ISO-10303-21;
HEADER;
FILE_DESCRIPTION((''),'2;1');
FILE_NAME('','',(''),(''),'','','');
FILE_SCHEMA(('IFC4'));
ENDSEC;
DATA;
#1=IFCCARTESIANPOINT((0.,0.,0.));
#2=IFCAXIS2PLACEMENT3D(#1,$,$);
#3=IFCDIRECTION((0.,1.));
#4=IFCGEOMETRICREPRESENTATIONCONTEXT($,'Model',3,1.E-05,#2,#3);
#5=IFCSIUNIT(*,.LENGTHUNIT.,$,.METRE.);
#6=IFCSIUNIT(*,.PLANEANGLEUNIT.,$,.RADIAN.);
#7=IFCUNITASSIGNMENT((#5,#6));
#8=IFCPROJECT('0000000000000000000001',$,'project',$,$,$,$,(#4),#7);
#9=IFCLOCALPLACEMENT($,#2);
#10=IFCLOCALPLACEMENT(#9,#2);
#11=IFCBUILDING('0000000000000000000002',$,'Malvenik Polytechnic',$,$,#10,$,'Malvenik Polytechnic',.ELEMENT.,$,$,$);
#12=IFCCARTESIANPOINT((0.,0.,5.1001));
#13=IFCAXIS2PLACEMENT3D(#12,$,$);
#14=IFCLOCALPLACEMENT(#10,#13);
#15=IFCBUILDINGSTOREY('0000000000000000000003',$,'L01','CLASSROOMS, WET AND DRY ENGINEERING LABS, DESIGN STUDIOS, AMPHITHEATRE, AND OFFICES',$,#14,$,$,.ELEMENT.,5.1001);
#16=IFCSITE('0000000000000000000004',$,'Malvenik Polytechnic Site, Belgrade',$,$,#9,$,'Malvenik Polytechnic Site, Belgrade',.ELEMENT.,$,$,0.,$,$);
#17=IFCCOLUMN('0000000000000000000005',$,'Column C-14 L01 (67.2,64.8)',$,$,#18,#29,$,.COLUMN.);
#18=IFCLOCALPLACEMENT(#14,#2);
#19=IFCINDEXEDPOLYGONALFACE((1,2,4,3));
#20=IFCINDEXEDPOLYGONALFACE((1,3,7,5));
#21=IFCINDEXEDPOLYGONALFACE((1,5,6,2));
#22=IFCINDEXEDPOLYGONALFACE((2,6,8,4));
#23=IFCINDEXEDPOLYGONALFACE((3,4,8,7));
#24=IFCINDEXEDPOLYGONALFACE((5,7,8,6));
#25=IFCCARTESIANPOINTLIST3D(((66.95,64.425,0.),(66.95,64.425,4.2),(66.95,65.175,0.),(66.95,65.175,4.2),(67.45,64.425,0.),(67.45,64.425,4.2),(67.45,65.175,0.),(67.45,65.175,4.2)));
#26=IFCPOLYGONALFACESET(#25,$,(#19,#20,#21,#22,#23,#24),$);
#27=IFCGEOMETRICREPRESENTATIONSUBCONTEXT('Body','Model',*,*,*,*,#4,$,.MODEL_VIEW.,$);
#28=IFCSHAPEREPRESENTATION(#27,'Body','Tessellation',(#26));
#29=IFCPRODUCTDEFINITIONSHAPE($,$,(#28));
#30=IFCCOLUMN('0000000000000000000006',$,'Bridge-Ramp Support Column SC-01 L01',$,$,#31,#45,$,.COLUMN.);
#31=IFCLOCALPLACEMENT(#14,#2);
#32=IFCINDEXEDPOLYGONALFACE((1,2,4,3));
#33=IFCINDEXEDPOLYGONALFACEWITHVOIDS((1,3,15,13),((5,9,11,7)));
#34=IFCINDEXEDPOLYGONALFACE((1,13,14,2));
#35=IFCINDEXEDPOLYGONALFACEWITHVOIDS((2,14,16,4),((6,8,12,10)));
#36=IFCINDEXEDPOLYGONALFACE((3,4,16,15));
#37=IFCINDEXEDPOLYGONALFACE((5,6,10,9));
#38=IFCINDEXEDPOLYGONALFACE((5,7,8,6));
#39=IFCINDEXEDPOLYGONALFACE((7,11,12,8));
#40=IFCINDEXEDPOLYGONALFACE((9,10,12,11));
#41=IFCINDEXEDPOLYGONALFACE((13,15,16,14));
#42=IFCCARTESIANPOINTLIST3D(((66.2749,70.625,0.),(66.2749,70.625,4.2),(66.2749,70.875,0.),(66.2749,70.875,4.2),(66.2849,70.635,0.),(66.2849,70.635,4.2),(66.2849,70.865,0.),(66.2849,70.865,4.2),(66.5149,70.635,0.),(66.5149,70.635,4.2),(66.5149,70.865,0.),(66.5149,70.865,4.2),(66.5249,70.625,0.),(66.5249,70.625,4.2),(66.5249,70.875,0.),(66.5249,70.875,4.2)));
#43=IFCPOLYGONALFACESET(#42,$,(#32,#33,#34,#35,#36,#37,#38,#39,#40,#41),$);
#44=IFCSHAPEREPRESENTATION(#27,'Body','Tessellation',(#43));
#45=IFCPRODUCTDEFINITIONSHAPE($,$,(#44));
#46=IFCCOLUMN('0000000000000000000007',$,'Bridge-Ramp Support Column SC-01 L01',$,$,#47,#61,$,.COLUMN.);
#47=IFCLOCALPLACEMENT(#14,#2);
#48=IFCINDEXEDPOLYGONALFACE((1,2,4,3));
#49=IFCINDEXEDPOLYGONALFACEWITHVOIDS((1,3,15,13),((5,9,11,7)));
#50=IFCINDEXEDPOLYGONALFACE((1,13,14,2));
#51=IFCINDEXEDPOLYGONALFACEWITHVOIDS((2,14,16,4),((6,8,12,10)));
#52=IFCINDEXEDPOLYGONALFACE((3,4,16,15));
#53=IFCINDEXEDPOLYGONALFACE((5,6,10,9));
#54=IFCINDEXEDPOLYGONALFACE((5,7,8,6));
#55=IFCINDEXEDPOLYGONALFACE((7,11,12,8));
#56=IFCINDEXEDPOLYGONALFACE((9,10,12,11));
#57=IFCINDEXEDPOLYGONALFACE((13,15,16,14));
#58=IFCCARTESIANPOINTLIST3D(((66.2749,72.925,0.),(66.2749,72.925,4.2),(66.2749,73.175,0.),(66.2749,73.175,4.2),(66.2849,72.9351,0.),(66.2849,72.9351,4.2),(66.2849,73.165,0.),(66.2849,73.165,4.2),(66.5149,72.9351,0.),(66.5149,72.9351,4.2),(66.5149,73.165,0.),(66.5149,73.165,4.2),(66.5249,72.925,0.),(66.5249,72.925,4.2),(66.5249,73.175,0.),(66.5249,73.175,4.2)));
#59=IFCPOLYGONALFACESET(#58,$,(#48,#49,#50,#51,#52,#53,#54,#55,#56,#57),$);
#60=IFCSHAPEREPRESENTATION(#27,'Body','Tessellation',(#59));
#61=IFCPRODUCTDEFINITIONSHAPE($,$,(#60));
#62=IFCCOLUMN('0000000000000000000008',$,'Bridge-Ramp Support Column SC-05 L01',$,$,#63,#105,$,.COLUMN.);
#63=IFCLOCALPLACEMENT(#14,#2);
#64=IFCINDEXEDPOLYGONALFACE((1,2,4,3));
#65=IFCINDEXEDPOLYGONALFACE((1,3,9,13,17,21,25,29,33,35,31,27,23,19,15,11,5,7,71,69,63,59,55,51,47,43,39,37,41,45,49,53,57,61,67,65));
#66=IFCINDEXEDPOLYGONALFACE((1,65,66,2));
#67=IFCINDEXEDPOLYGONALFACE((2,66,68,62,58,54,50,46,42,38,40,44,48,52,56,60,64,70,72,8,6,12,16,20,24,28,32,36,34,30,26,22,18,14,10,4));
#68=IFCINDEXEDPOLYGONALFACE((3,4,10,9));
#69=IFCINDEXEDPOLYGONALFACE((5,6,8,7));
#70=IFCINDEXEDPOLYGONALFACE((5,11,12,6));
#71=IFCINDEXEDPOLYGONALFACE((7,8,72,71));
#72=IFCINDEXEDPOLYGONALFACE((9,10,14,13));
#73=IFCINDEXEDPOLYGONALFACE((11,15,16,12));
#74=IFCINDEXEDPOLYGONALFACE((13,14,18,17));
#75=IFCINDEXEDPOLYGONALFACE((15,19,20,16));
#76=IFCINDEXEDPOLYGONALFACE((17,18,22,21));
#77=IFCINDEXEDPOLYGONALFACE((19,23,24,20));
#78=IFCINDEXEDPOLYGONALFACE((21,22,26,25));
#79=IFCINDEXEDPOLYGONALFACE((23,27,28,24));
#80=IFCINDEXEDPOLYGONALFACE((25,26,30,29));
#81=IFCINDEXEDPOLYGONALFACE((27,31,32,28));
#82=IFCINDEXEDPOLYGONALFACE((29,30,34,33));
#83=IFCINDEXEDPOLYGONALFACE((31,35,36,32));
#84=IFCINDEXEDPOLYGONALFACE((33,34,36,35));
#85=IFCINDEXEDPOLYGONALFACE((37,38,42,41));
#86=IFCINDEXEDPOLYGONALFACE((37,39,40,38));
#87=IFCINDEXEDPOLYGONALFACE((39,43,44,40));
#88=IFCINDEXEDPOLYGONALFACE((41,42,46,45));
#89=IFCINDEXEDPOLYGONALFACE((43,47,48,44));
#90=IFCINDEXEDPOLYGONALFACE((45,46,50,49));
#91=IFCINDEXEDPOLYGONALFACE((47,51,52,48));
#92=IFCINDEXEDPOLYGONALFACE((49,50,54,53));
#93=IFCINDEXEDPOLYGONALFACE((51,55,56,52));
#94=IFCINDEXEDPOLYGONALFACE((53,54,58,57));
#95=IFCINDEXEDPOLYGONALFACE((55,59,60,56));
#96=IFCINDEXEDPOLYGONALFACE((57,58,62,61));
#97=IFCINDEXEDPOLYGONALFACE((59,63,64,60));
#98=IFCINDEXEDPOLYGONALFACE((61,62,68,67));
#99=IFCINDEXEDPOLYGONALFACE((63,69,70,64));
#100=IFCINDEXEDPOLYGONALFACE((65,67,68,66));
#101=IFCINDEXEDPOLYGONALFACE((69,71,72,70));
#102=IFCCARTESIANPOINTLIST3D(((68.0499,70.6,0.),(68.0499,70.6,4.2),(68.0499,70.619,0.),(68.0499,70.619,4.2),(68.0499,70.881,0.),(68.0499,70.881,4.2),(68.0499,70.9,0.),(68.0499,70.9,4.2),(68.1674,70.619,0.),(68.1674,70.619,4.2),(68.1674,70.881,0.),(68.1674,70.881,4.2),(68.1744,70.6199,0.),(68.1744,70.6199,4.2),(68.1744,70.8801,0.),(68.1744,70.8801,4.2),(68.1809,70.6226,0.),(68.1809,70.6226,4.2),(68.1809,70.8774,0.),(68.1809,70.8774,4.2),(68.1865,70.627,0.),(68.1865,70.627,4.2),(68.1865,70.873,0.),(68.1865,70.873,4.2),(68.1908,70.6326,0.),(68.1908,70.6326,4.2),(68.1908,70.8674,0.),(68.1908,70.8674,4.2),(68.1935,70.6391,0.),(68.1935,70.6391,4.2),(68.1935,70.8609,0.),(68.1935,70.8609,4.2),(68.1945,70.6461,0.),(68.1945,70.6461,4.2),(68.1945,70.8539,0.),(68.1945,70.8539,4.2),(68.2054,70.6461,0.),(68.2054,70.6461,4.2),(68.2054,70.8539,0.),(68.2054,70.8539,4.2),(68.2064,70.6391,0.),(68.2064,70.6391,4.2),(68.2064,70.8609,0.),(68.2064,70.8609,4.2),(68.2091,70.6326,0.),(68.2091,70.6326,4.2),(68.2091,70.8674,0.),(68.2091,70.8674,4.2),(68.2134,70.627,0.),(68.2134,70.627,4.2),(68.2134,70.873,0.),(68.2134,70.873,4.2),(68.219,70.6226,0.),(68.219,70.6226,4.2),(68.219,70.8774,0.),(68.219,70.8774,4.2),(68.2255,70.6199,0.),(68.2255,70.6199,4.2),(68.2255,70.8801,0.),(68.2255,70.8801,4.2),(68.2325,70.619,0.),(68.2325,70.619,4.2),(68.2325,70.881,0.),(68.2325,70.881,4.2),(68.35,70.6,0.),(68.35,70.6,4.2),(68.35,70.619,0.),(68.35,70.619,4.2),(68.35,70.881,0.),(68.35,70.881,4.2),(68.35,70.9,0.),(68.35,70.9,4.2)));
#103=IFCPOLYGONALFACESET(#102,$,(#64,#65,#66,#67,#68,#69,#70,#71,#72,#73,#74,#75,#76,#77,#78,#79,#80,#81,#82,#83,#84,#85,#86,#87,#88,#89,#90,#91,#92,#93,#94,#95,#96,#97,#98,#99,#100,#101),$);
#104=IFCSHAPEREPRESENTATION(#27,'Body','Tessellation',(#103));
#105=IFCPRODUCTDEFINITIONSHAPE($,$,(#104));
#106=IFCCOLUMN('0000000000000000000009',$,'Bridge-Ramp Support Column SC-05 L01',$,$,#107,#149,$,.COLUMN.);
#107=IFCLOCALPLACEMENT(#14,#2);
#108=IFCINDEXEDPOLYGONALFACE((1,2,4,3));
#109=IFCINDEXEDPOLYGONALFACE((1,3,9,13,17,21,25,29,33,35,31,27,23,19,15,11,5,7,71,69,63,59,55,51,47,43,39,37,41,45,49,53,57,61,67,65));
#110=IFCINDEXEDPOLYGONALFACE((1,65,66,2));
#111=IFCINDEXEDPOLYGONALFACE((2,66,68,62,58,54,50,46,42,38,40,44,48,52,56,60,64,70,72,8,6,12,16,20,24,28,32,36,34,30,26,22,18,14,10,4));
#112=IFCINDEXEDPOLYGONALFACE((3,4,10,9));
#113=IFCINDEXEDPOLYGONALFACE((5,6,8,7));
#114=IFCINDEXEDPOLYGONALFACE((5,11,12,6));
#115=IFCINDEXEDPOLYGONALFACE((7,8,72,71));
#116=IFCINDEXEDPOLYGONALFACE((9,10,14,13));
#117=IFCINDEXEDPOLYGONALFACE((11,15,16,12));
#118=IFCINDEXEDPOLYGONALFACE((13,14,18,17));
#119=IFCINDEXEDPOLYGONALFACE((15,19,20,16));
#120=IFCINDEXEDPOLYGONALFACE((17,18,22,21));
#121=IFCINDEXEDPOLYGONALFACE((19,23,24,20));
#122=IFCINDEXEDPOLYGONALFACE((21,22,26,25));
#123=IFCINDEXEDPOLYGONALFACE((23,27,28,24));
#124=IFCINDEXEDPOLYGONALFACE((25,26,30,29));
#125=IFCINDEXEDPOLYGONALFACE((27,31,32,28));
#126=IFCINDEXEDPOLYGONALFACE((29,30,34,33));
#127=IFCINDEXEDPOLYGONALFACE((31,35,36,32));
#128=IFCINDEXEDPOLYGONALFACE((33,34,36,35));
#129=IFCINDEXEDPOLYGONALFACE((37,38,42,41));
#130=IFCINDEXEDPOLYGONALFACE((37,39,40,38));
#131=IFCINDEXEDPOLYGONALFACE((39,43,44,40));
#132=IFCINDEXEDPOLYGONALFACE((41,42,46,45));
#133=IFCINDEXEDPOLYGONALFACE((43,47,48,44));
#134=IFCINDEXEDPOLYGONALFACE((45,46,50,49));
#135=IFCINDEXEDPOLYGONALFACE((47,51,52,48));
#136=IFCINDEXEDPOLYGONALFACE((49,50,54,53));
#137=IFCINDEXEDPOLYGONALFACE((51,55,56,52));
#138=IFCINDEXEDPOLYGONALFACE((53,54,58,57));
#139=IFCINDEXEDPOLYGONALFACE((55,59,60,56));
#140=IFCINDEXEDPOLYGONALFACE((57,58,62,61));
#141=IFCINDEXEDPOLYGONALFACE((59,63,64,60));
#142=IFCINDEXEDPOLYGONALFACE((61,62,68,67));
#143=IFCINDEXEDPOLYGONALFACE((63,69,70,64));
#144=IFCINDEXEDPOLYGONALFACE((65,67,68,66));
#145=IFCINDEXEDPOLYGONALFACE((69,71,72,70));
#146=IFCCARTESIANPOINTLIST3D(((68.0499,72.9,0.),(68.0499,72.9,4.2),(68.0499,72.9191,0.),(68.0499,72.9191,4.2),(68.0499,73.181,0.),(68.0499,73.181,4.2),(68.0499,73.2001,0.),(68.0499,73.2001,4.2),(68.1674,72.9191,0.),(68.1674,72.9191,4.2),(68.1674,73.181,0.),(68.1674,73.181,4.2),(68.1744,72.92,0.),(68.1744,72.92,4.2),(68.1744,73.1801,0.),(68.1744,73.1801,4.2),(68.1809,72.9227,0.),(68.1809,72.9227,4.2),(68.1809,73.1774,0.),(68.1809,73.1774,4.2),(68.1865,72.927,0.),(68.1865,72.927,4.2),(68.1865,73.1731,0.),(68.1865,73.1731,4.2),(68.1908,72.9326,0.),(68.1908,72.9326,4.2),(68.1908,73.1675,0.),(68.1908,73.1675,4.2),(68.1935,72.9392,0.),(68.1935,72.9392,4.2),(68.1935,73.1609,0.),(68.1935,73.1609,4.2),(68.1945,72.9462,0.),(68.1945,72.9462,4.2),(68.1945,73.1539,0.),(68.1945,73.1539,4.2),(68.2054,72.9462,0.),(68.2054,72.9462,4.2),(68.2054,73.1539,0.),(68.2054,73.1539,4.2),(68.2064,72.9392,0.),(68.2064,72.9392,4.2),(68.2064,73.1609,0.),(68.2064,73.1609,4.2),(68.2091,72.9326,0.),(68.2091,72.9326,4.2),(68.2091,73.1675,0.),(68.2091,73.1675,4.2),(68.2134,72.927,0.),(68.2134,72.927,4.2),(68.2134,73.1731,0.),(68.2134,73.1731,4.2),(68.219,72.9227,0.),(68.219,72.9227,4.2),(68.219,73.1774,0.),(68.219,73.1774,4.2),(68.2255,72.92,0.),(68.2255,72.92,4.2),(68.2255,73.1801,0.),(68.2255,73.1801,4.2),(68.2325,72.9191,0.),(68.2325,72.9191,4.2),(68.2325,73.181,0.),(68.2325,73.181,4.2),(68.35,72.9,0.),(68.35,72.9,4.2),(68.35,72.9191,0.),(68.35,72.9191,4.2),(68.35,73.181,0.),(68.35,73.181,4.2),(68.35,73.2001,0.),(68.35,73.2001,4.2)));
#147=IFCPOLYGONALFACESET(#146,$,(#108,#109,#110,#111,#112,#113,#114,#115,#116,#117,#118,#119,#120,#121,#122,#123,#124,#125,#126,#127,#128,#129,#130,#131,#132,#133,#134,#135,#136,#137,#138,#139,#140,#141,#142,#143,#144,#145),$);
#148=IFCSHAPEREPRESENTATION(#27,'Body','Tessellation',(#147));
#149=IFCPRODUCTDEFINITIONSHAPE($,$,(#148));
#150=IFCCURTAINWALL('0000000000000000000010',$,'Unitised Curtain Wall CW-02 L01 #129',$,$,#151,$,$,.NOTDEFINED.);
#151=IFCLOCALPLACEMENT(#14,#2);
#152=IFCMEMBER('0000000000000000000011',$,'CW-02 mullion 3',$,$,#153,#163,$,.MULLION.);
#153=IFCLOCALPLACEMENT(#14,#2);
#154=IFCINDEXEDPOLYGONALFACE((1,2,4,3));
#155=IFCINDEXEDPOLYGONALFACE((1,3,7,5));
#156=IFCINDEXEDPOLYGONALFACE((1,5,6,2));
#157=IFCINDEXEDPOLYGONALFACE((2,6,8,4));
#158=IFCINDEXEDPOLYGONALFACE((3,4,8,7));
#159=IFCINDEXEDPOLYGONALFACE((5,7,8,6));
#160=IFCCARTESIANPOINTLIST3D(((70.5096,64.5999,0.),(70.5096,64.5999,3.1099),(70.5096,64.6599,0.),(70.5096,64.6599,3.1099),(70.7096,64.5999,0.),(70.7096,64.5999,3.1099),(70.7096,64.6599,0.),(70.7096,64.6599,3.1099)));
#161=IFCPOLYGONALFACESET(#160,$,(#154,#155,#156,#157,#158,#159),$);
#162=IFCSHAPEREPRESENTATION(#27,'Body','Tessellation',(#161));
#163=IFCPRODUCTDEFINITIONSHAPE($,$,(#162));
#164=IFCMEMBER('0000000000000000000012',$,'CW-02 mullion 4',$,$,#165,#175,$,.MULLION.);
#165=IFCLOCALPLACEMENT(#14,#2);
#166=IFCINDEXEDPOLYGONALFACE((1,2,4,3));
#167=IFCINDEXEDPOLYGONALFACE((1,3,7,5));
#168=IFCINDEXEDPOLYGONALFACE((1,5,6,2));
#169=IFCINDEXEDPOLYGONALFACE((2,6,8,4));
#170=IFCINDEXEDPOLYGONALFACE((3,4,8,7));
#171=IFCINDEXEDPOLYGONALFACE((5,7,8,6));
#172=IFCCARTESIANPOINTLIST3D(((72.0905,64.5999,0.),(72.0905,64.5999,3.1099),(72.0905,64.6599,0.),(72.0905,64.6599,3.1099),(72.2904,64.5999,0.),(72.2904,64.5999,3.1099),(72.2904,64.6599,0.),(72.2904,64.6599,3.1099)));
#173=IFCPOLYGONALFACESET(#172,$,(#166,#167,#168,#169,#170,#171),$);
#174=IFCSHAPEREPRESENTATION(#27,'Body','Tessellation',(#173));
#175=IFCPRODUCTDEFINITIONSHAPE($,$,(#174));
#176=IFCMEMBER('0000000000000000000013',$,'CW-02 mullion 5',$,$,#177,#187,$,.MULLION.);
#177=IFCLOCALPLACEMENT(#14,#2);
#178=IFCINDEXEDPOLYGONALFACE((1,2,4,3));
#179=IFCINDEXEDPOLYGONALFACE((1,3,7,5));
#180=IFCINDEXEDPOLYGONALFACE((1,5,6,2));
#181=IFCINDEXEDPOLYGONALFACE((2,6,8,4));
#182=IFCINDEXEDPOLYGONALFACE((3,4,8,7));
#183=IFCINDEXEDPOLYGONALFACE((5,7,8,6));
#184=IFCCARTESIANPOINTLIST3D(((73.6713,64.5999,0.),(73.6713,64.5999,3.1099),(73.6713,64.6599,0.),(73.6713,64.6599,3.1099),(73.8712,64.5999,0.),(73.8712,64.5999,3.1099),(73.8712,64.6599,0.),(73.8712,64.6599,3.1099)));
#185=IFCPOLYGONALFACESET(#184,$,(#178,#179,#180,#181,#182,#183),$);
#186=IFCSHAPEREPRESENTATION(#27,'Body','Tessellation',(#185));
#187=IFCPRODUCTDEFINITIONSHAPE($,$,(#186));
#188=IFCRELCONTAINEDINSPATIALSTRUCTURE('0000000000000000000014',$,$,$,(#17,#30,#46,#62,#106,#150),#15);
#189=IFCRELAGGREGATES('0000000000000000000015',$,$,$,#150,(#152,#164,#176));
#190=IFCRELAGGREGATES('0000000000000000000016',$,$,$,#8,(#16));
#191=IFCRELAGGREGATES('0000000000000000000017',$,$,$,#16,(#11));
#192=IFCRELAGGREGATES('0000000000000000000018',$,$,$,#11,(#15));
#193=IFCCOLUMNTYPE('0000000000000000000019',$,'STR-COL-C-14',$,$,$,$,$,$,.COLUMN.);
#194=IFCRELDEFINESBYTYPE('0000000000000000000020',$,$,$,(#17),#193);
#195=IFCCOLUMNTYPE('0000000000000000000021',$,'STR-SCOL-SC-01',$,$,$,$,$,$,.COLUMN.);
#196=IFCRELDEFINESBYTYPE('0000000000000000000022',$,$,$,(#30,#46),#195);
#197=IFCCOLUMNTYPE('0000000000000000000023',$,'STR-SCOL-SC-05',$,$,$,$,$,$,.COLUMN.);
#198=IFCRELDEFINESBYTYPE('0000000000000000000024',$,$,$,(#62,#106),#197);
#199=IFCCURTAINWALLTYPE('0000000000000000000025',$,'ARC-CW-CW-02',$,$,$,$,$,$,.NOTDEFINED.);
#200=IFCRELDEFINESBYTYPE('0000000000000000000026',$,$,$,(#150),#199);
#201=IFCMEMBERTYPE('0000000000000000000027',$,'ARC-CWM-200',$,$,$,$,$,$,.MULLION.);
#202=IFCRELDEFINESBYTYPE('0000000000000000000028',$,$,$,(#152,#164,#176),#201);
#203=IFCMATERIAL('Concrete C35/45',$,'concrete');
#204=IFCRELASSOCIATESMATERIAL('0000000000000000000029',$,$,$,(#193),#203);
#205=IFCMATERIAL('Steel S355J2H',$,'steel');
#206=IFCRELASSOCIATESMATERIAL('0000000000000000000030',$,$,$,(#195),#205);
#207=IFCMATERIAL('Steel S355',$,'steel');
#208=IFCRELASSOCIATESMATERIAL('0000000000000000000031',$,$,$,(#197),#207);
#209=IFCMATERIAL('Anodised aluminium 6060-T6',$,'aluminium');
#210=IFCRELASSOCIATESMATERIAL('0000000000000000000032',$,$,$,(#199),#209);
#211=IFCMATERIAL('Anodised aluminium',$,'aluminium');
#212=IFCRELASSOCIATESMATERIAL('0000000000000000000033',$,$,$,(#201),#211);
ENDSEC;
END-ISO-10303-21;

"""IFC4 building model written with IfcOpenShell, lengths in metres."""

from ifc_helpers import new_model, si_unit, direction, frame, origin, origin_2d, place, context, subcontext, project, spatial, rectangle, hollow_rectangle, i_section, extrude, material, material_profile, profile_set, type_object, element, aggregate, save


model = new_model("IFC4")

# Units and contexts
model_context = context("Model", 3, precision=1e-05, world=origin(), true_north=direction((0.0, 1.0)))
body_context = subcontext(model_context, "Body", "Model", "MODEL_VIEW")
ifc_project = project(units=[si_unit("LENGTHUNIT", "METRE"), si_unit("PLANEANGLEUNIT", "RADIAN")], contexts=[model_context])

# Site, building, storey
site_placement = place(None, origin())
site = spatial("IfcSite", under=ifc_project, at=site_placement, Name="Malvenik Polytechnic Site, Belgrade", LongName="Malvenik Polytechnic Site, Belgrade", CompositionType="ELEMENT", RefElevation=0.0)
building_placement = place(site_placement, origin())
building = spatial("IfcBuilding", under=site, at=building_placement, Name="Malvenik Polytechnic", LongName="Malvenik Polytechnic", CompositionType="ELEMENT")
storey_placement = place(building_placement, frame((0.0, 0.0, 5.1001)))
storey = spatial("IfcBuildingStorey", under=building, at=storey_placement, Name="L01", Description="CLASSROOMS, WET AND DRY ENGINEERING LABS, DESIGN STUDIOS, AMPHITHEATRE, AND OFFICES", CompositionType="ELEMENT", Elevation=5.1001)

# Columns
ifc_material_1 = material(Name="Concrete C35/45", Category="concrete")
ifc_material_profile_1 = material_profile(ifc_material_1, rectangle(XDim=0.5, YDim=0.75, at=origin_2d()), Name="RC COL 750x500")
ifc_profile_set_1 = profile_set([ifc_material_profile_1], Name="Concrete C35/45")
column_type_1 = type_object("IfcColumnType", Name="STR-COL-C-14", PredefinedType="COLUMN", material=ifc_profile_set_1)
column_placement = place(storey_placement, frame((67.2, 64.8, 0.0), z_axis=(0.0, 0.0, 1.0), x_axis=(1.0, 0.0, 0.0)))
element("IfcColumn", 1, at=column_placement, inside=storey, type_object=column_type_1, Name="Column C-14 L01 (67.2,64.8)", PredefinedType="COLUMN", context=body_context, shape_type="SweptSolid", body=[
    extrude(rectangle(XDim=0.5, YDim=0.75, at=origin_2d()), origin(), (0.0, 0.0, 1.0), 4.2),
])
ifc_material_2 = material(Name="Steel S355J2H", Category="steel")
ifc_material_profile_2 = material_profile(ifc_material_2, hollow_rectangle(XDim=0.25, YDim=0.25, WallThickness=0.01, at=origin_2d()), Name="SHS 250x250x10.0")
ifc_profile_set_2 = profile_set([ifc_material_profile_2], Name="Steel S355J2H")
column_type_2 = type_object("IfcColumnType", Name="STR-SCOL-SC-01", PredefinedType="COLUMN", material=ifc_profile_set_2)
for number, where, z_axis, x_axis, name in (
    (2, (66.3999, 70.75, 0.0), (0.0, 0.0, 1.0), (1.0, 0.0, 0.0), "Bridge-Ramp Support Column SC-01 L01"),
    (3, (66.3999, 73.05, 0.0), (0.0, 0.0, 1.0), (1.0, 0.0, 0.0), "Bridge-Ramp Support Column SC-01 L01"),
):
    element("IfcColumn", number, at=place(storey_placement, frame(where, z_axis=z_axis, x_axis=x_axis)), inside=storey, type_object=column_type_2, Name=name, PredefinedType="COLUMN", context=body_context, shape_type="SweptSolid", body=[
        extrude(hollow_rectangle(XDim=0.25, YDim=0.25, WallThickness=0.01, at=origin_2d()), origin(), (0.0, 0.0, 1.0), 4.2),
    ])
ifc_material_3 = material(Name="Steel S355", Category="steel")
ifc_material_profile_3 = material_profile(ifc_material_3, i_section(OverallWidth=0.3, OverallDepth=0.3, WebThickness=0.011, FlangeThickness=0.019, FilletRadius=0.0271, at=origin_2d()), Name="HEB 300")
ifc_profile_set_3 = profile_set([ifc_material_profile_3], Name="Steel S355")
column_type_3 = type_object("IfcColumnType", Name="STR-SCOL-SC-05", PredefinedType="COLUMN", material=ifc_profile_set_3)
for number, where, z_axis, x_axis, name in (
    (4, (68.2, 70.75, 0.0), (0.0, 0.0, 1.0), (1.0, 0.0, 0.0), "Bridge-Ramp Support Column SC-05 L01"),
    (5, (68.2, 73.05, 0.0), (0.0, 0.0, 1.0), (1.0, 0.0, 0.0), "Bridge-Ramp Support Column SC-05 L01"),
):
    element("IfcColumn", number, at=place(storey_placement, frame(where, z_axis=z_axis, x_axis=x_axis)), inside=storey, type_object=column_type_3, Name=name, PredefinedType="COLUMN", context=body_context, shape_type="SweptSolid", body=[
        extrude(i_section(OverallWidth=0.3, OverallDepth=0.3, WebThickness=0.011, FlangeThickness=0.019, FilletRadius=0.0271, at=origin_2d()), origin(), (0.0, 0.0, 1.0), 4.2),
    ])

# Curtain wall, members
ifc_material_4 = material(Name="Anodised aluminium 6060-T6", Category="aluminium")
curtain_wall_type = type_object("IfcCurtainWallType", Name="ARC-CW-CW-02", PredefinedType="NOTDEFINED", material=ifc_material_4)
curtain_wall_placement = place(storey_placement, origin())
curtain_wall = element("IfcCurtainWall", 6, at=curtain_wall_placement, inside=storey, type_object=curtain_wall_type, Name="Unitised Curtain Wall CW-02 L01 #129", PredefinedType="NOTDEFINED")
ifc_material_5 = material(Name="Anodised aluminium", Category="aluminium")
ifc_material_profile_4 = material_profile(ifc_material_5, rectangle(XDim=0.0601, YDim=0.2, at=origin_2d()), Name="ALU MULLION 60x200")
ifc_profile_set_4 = profile_set([ifc_material_profile_4], Name="Anodised aluminium")
member_type_1 = type_object("IfcMemberType", Name="ARC-CWM-200", PredefinedType="MULLION", material=ifc_profile_set_4)
member_1_placement = place(storey_placement, frame((70.6096, 64.6299, 0.0), z_axis=(0.0, 0.0, 1.0), x_axis=(0.0, 1.0, 0.0)))
member_1 = element("IfcMember", 7, at=member_1_placement, type_object=member_type_1, Name="CW-02 mullion 3", PredefinedType="MULLION", context=body_context, shape_type="SweptSolid", body=[
    extrude(rectangle(XDim=0.0601, YDim=0.2, at=origin_2d()), origin(), (0.0, 0.0, 1.0), 3.1099),
])
member_2_placement = place(storey_placement, frame((72.1904, 64.6299, 0.0), z_axis=(0.0, 0.0, 1.0), x_axis=(0.0, 1.0, 0.0)))
member_2 = element("IfcMember", 8, at=member_2_placement, type_object=member_type_1, Name="CW-02 mullion 4", PredefinedType="MULLION", context=body_context, shape_type="SweptSolid", body=[
    extrude(rectangle(XDim=0.0601, YDim=0.2, at=origin_2d()), origin(), (0.0, 0.0, 1.0), 3.1099),
])
member_3_placement = place(storey_placement, frame((73.7712, 64.6299, 0.0), z_axis=(0.0, 0.0, 1.0), x_axis=(0.0, 1.0, 0.0)))
member_3 = element("IfcMember", 9, at=member_3_placement, type_object=member_type_1, Name="CW-02 mullion 5", PredefinedType="MULLION", context=body_context, shape_type="SweptSolid", body=[
    extrude(rectangle(XDim=0.0601, YDim=0.2, at=origin_2d()), origin(), (0.0, 0.0, 1.0), 3.1099),
])

aggregate(curtain_wall, [member_1, member_2, member_3])

save(model, "model.ifc")
